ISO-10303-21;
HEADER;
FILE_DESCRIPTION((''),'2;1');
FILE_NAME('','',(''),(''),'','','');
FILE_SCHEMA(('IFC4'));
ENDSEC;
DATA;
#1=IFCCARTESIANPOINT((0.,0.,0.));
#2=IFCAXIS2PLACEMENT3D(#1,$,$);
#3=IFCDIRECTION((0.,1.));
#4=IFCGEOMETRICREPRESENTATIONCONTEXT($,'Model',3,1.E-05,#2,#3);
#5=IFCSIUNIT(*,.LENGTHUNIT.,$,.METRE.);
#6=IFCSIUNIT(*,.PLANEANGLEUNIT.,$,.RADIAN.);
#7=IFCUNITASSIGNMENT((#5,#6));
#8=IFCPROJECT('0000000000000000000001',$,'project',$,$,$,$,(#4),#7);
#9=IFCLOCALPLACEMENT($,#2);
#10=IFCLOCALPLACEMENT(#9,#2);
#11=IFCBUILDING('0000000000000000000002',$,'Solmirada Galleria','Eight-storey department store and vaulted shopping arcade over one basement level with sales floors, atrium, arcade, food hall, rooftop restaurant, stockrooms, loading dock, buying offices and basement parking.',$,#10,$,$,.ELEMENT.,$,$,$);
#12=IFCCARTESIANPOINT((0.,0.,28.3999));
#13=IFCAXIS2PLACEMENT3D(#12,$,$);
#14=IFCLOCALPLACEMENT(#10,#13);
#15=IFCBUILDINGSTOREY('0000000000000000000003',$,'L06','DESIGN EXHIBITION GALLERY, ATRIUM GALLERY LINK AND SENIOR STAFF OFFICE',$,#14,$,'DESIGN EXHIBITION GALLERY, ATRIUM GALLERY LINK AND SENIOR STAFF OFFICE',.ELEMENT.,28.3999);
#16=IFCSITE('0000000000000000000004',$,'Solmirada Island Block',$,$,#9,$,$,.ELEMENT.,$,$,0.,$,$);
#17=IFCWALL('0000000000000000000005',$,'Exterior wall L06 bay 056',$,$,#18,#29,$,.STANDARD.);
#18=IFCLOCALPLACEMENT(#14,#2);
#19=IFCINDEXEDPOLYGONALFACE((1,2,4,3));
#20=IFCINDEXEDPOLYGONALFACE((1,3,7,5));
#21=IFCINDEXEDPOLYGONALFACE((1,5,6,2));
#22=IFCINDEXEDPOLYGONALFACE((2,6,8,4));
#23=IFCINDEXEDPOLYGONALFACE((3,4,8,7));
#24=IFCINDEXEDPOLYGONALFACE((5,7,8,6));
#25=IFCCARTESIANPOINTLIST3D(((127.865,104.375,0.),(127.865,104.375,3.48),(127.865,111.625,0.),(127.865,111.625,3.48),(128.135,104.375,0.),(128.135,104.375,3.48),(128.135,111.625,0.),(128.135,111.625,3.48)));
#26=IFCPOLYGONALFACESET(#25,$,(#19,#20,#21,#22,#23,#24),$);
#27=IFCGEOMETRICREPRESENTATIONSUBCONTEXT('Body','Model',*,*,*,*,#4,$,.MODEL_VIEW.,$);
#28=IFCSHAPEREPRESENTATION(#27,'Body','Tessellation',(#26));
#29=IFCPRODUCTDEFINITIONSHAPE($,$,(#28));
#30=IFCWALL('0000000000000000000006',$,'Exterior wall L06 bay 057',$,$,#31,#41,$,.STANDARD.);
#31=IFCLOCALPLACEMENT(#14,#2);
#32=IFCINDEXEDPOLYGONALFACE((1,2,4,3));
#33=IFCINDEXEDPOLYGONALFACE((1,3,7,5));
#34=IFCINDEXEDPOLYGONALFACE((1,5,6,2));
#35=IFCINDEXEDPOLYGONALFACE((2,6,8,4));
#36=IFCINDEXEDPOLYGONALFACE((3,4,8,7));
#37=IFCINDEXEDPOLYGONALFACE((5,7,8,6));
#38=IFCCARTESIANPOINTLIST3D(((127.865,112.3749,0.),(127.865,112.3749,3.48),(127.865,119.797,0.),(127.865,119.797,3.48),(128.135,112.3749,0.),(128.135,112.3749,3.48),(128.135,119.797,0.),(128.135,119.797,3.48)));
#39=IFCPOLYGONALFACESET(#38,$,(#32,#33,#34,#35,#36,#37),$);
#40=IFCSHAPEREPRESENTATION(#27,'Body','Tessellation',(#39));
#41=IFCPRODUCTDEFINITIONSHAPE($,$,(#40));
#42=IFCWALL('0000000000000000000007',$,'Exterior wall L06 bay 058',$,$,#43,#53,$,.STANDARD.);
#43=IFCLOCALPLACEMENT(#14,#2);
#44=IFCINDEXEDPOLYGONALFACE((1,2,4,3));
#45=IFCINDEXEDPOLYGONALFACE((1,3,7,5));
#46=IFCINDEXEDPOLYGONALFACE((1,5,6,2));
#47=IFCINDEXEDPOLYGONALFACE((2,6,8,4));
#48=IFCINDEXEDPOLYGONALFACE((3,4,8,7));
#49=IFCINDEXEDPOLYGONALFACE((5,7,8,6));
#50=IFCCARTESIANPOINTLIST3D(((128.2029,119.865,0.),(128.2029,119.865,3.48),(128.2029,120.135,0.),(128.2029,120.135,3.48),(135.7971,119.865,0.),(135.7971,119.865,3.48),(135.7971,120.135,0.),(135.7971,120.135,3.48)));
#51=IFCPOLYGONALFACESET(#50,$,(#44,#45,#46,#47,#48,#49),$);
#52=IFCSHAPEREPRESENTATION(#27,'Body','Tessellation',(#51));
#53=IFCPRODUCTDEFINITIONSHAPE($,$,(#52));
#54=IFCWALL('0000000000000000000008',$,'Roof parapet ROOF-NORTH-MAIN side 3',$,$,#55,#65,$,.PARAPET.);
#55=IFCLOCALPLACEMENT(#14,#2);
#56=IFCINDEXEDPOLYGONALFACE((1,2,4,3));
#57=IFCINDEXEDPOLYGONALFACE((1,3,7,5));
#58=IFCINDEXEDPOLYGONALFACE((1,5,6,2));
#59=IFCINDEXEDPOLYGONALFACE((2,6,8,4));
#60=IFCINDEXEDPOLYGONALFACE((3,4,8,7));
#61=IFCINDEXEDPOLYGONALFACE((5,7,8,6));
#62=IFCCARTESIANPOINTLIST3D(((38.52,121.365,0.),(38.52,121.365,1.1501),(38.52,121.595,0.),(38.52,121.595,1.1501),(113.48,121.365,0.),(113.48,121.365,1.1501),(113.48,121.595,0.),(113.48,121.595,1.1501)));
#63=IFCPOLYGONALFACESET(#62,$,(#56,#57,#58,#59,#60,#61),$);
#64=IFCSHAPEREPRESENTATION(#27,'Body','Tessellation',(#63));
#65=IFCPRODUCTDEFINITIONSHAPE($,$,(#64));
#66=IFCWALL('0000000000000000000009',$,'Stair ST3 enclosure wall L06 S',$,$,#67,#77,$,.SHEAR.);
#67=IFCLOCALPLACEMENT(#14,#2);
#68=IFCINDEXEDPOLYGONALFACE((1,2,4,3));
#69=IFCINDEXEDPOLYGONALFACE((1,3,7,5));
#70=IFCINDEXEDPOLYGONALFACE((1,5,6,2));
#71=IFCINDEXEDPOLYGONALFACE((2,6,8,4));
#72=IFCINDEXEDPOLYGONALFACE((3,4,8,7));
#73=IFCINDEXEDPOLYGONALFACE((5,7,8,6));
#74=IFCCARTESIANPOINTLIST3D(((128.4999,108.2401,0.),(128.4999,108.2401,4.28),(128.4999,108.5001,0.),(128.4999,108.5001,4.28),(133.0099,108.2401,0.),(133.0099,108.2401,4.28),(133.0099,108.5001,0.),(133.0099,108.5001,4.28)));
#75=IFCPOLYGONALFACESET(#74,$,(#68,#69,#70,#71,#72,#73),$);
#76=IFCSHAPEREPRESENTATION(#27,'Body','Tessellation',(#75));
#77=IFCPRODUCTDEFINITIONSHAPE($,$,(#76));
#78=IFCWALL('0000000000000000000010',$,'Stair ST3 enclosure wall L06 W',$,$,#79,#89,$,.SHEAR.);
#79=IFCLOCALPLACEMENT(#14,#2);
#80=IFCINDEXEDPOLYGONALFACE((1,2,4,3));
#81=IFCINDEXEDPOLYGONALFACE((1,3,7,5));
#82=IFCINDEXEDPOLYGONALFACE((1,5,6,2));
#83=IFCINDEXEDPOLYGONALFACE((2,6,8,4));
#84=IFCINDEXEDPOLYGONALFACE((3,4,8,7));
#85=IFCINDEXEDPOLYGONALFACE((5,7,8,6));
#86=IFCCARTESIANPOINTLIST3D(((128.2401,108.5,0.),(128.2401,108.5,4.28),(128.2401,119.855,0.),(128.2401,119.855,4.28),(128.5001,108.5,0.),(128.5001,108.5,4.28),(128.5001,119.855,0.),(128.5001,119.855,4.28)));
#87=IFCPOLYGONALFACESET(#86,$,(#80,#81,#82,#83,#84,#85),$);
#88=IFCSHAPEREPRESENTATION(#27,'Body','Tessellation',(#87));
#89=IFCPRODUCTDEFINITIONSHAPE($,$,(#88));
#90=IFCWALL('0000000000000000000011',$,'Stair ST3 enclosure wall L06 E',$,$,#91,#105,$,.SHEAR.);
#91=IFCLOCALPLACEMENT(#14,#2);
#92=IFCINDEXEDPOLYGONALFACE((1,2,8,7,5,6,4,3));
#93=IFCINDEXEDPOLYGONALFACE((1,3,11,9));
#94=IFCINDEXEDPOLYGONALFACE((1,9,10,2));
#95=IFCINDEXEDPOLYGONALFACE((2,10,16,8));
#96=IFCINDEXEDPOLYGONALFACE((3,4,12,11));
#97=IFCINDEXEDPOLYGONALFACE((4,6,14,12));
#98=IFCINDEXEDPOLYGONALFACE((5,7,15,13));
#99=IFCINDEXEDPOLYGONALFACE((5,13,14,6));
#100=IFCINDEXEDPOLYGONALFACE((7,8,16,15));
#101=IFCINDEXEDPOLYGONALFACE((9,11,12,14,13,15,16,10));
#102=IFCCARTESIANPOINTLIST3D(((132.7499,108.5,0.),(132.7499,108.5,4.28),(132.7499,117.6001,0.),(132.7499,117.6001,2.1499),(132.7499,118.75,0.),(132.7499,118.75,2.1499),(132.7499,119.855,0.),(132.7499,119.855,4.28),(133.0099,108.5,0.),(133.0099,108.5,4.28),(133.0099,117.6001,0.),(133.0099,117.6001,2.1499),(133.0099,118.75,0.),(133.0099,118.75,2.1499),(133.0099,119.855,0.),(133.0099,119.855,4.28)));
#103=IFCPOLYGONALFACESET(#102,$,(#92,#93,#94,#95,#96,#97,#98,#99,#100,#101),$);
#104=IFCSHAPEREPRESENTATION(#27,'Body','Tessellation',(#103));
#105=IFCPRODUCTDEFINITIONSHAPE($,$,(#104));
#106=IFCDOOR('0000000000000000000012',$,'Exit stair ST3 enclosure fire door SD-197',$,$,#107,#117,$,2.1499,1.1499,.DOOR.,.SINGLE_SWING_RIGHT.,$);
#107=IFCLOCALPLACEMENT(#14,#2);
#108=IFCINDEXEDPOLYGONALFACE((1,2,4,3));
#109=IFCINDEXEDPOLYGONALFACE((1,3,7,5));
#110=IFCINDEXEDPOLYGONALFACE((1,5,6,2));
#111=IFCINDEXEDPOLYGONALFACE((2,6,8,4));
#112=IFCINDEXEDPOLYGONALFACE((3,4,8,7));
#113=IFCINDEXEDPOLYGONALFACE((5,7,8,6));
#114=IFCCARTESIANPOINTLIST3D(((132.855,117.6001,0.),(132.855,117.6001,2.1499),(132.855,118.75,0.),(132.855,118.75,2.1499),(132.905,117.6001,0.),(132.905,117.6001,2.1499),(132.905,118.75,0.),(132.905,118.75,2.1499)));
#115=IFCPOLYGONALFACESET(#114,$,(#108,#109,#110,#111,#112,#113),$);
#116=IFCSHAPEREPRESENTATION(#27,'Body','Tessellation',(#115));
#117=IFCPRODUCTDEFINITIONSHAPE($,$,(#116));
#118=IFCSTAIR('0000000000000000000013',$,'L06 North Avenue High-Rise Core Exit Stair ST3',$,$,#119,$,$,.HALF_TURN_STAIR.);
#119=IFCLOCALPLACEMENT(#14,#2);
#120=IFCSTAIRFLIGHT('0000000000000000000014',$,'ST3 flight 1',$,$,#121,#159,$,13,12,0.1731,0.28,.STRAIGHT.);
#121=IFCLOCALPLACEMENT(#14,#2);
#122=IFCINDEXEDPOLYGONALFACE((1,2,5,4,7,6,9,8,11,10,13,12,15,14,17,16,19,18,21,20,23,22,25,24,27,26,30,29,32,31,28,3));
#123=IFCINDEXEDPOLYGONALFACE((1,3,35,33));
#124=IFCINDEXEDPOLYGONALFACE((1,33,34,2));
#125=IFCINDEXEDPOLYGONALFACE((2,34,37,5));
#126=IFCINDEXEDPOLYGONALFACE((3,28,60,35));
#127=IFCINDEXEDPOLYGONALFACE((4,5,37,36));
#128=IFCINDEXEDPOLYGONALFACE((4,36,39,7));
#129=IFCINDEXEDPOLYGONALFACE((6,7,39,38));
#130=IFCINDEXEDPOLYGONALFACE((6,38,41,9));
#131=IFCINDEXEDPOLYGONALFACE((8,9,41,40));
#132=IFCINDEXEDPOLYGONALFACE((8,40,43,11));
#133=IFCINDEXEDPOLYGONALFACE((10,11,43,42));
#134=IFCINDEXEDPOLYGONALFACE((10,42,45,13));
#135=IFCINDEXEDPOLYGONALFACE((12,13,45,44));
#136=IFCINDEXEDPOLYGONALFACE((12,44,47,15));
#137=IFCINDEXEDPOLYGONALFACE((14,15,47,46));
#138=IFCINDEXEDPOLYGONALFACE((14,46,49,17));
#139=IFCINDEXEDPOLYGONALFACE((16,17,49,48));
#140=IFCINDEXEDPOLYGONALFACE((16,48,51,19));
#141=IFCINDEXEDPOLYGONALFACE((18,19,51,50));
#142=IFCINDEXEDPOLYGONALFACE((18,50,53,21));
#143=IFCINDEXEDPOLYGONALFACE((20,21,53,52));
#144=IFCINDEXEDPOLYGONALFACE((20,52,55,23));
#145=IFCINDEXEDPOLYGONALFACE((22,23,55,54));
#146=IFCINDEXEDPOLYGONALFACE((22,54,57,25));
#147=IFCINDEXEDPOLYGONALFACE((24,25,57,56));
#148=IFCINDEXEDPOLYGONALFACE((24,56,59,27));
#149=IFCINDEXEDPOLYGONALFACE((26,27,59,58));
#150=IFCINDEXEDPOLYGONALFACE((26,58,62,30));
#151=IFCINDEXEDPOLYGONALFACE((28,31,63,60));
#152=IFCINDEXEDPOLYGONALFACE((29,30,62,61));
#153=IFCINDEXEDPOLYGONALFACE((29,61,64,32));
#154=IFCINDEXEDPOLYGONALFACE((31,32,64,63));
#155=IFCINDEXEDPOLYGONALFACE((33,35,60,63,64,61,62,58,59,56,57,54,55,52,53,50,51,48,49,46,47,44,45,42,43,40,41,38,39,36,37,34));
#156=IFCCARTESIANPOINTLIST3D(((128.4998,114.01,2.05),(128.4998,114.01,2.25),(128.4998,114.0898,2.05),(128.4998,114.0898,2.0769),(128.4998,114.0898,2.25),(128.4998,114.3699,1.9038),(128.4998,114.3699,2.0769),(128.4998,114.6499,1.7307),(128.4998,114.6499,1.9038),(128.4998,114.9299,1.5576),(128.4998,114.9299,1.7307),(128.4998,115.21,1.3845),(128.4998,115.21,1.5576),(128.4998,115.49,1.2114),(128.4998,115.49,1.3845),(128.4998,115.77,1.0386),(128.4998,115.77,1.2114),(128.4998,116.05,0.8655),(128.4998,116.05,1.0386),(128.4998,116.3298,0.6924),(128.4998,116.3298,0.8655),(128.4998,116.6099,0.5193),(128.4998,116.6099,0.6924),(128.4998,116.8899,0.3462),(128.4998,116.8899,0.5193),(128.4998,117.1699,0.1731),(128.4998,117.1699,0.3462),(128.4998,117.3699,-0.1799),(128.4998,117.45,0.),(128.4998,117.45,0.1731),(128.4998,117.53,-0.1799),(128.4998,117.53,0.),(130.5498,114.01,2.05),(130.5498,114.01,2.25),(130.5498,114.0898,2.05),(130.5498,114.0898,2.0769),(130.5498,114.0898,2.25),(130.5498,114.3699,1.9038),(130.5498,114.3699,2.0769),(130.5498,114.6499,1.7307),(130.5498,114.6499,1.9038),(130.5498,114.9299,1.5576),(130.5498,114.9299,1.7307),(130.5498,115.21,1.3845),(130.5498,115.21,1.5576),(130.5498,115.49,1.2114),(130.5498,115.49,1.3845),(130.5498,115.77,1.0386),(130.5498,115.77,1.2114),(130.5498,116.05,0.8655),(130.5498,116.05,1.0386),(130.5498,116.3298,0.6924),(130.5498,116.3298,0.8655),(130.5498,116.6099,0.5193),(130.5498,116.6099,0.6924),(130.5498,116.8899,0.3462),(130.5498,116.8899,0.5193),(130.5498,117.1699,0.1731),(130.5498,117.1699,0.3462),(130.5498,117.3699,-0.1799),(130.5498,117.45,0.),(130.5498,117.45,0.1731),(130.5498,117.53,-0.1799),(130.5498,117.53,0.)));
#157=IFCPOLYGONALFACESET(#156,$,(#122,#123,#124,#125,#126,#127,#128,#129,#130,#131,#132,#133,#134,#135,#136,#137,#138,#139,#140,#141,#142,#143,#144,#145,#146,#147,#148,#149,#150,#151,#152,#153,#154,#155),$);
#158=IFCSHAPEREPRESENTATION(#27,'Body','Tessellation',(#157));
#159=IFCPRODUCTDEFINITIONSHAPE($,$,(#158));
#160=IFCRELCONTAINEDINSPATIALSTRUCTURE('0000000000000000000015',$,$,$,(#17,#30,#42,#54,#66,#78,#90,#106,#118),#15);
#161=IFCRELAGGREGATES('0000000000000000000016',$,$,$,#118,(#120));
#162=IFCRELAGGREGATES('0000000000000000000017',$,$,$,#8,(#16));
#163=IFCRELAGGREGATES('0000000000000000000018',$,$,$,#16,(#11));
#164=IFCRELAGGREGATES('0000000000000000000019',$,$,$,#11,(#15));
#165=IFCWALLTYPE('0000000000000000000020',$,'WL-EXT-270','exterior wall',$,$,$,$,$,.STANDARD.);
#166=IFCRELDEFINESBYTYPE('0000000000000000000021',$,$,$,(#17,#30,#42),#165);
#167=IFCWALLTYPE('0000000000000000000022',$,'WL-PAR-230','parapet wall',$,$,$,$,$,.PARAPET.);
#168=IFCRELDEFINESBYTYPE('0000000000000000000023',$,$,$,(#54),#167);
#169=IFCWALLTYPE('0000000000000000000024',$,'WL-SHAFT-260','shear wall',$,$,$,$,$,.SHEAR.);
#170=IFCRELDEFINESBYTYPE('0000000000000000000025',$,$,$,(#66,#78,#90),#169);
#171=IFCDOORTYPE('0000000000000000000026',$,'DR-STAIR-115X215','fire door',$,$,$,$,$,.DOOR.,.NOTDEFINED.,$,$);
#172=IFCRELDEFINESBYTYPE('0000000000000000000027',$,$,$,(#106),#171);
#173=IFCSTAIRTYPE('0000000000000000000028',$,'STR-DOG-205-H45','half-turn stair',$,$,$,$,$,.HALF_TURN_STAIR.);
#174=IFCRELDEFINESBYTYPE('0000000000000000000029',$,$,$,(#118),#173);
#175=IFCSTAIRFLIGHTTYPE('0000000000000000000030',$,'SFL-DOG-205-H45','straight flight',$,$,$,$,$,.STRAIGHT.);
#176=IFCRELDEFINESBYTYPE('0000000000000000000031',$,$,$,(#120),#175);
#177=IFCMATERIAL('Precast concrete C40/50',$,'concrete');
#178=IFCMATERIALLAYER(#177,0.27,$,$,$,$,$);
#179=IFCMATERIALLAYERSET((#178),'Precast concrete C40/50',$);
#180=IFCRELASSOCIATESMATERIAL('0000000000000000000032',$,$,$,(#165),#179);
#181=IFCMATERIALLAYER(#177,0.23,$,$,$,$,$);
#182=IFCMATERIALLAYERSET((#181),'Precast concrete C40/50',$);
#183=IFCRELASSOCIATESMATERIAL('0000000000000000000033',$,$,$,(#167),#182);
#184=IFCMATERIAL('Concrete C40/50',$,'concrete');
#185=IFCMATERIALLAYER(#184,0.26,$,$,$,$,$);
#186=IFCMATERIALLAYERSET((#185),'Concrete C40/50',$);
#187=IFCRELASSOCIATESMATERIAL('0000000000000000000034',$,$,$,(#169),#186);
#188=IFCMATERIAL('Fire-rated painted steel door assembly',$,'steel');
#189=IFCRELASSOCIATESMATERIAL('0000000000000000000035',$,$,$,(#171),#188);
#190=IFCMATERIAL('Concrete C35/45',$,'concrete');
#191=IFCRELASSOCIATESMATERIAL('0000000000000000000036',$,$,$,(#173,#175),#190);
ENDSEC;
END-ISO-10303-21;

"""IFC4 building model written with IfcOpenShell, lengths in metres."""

from ifc_helpers import new_model, si_unit, direction, frame, frame_2d, origin, place, context, subcontext, project, spatial, polyline, rectangle, outline, extrude, material, layer, layer_set, type_object, element, fill, aggregate, save


model = new_model("IFC4")

# Units and contexts
model_context = context("Model", 3, precision=1e-05, world=origin(), true_north=direction((0.0, 1.0)))
body_context = subcontext(model_context, "Body", "Model", "MODEL_VIEW")
ifc_project = project(units=[si_unit("LENGTHUNIT", "METRE"), si_unit("PLANEANGLEUNIT", "RADIAN")], contexts=[model_context])

# Site, building, storey
site_placement = place(None, origin())
site = spatial("IfcSite", under=ifc_project, at=site_placement, Name="Solmirada Island Block", CompositionType="ELEMENT", RefElevation=0.0)
building_placement = place(site_placement, origin())
building = spatial("IfcBuilding", under=site, at=building_placement, Name="Solmirada Galleria", Description="Eight-storey department store and vaulted shopping arcade over one basement level with sales floors, atrium, arcade, food hall, rooftop restaurant, stockrooms, loading dock, buying offices and basement parking.", CompositionType="ELEMENT")
storey_placement = place(building_placement, frame((0.0, 0.0, 28.3999)))
storey = spatial("IfcBuildingStorey", under=building, at=storey_placement, Name="L06", Description="DESIGN EXHIBITION GALLERY, ATRIUM GALLERY LINK AND SENIOR STAFF OFFICE", LongName="DESIGN EXHIBITION GALLERY, ATRIUM GALLERY LINK AND SENIOR STAFF OFFICE", CompositionType="ELEMENT", Elevation=28.3999)

# Shared definitions
ifc_material_1 = material(Name="Concrete C40/50", Category="concrete")

# Walls
ifc_material_2 = material(Name="Precast concrete C40/50", Category="concrete")
ifc_layer_1 = layer(ifc_material_2, 0.27)
ifc_layer_set_1 = layer_set([ifc_layer_1], Name="Precast concrete C40/50")
wall_type_1 = type_object("IfcWallType", Name="WL-EXT-270", Description="exterior wall", PredefinedType="STANDARD", material=ifc_layer_set_1)
wall_1_placement = place(storey_placement, frame((128.0, 104.375, 0.0), z_axis=(0.0, 0.0, 1.0), x_axis=(0.0, 1.0, 0.0)))
element("IfcWall", 1, at=wall_1_placement, inside=storey, type_object=wall_type_1, Name="Exterior wall L06 bay 056", PredefinedType="STANDARD", context=body_context, shape_type="SweptSolid", body=[
    extrude(rectangle(XDim=7.25, YDim=0.27, at=frame_2d((3.625, 0.0))), origin(), (0.0, 0.0, 1.0), 3.48),
])
wall_2_placement = place(storey_placement, frame((128.0, 112.375, 0.0), z_axis=(0.0, 0.0, 1.0), x_axis=(0.0, 1.0, 0.0)))
element("IfcWall", 2, at=wall_2_placement, inside=storey, type_object=wall_type_1, Name="Exterior wall L06 bay 057", PredefinedType="STANDARD", context=body_context, shape_type="SweptSolid", body=[
    extrude(rectangle(XDim=7.4221, YDim=0.27, at=frame_2d((3.7109, 0.0))), origin(), (0.0, 0.0, 1.0), 3.48),
])
wall_3_placement = place(storey_placement, frame((128.2029, 120.0, 0.0), z_axis=(0.0, 0.0, 1.0), x_axis=(1.0, 0.0, 0.0)))
element("IfcWall", 3, at=wall_3_placement, inside=storey, type_object=wall_type_1, Name="Exterior wall L06 bay 058", PredefinedType="STANDARD", context=body_context, shape_type="SweptSolid", body=[
    extrude(rectangle(XDim=7.5942, YDim=0.27, at=frame_2d((3.7971, 0.0))), origin(), (0.0, 0.0, 1.0), 3.48),
])
ifc_layer_2 = layer(ifc_material_2, 0.23)
ifc_layer_set_2 = layer_set([ifc_layer_2], Name="Precast concrete C40/50")
wall_type_2 = type_object("IfcWallType", Name="WL-PAR-230", Description="parapet wall", PredefinedType="PARAPET", material=ifc_layer_set_2)
wall_4_placement = place(storey_placement, frame((113.48, 121.48, 0.0), z_axis=(0.0, 0.0, 1.0), x_axis=(-1.0, 0.0, 0.0)))
element("IfcWall", 4, at=wall_4_placement, inside=storey, type_object=wall_type_2, Name="Roof parapet ROOF-NORTH-MAIN side 3", PredefinedType="PARAPET", context=body_context, shape_type="SweptSolid", body=[
    extrude(rectangle(XDim=74.96, YDim=0.23, at=frame_2d((37.48, 0.0))), origin(), (0.0, 0.0, 1.0), 1.1501),
])
ifc_layer_3 = layer(ifc_material_1, 0.26)
ifc_layer_set_3 = layer_set([ifc_layer_3], Name="Concrete C40/50")
wall_type_3 = type_object("IfcWallType", Name="WL-SHAFT-260", Description="shear wall", PredefinedType="SHEAR", material=ifc_layer_set_3)
wall_5_placement = place(storey_placement, frame((128.5, 108.3701, 0.0), z_axis=(0.0, 0.0, 1.0), x_axis=(1.0, 0.0, 0.0)))
element("IfcWall", 5, at=wall_5_placement, inside=storey, type_object=wall_type_3, Name="Stair ST3 enclosure wall L06 S", PredefinedType="SHEAR", context=body_context, shape_type="SweptSolid", body=[
    extrude(rectangle(XDim=4.51, YDim=0.26, at=frame_2d((2.2549, 0.0))), origin(), (0.0, 0.0, 1.0), 4.28),
])
wall_6_placement = place(storey_placement, frame((128.3701, 108.5, 0.0), z_axis=(0.0, 0.0, 1.0), x_axis=(0.0, 1.0, 0.0)))
element("IfcWall", 6, at=wall_6_placement, inside=storey, type_object=wall_type_3, Name="Stair ST3 enclosure wall L06 W", PredefinedType="SHEAR", context=body_context, shape_type="SweptSolid", body=[
    extrude(rectangle(XDim=11.355, YDim=0.26, at=frame_2d((5.6775, 0.0))), origin(), (0.0, 0.0, 1.0), 4.28),
])

# Wall, opening, door
wall_7_placement = place(storey_placement, frame((132.8799, 108.5, 0.0), z_axis=(0.0, 0.0, 1.0), x_axis=(0.0, 1.0, 0.0)))
wall_7 = element("IfcWall", 7, at=wall_7_placement, inside=storey, type_object=wall_type_3, Name="Stair ST3 enclosure wall L06 E", PredefinedType="SHEAR", context=body_context, shape_type="SweptSolid", body=[
    extrude(rectangle(XDim=11.355, YDim=0.26, at=frame_2d((5.6775, 0.0))), origin(), (0.0, 0.0, 1.0), 4.28),
])
opening_placement = place(wall_7_placement, frame((9.1001, 0.0, 0.0)))
opening = element("IfcOpeningElement", 8, at=opening_placement, cuts=wall_7, PredefinedType="OPENING", context=body_context, shape_type="SweptSolid", body=[
    extrude(rectangle(XDim=1.1499, YDim=2.1499, at=frame_2d((0.575, 1.075))), frame((0.0, 0.1399, 0.0), z_axis=(0.0, -1.0, 0.0), x_axis=(1.0, 0.0, 0.0)), (0.0, 0.0, 1.0), 0.28),
])
ifc_material_3 = material(Name="Fire-rated painted steel door assembly", Category="steel")
door_type = type_object("IfcDoorType", Name="DR-STAIR-115X215", Description="fire door", OperationType="NOTDEFINED", PredefinedType="DOOR", material=ifc_material_3)
door_placement = place(opening_placement, origin())
door = element("IfcDoor", 9, at=door_placement, inside=storey, type_object=door_type, Name="Exit stair ST3 enclosure fire door SD-197", OperationType="SINGLE_SWING_RIGHT", OverallHeight=2.1499, OverallWidth=1.1499, PredefinedType="DOOR", context=body_context, shape_type="SweptSolid", body=[
    extrude(rectangle(XDim=1.1499, YDim=2.1499, at=frame_2d((0.575, 1.075))), frame((0.0, 0.0249, 0.0), z_axis=(0.0, -1.0, 0.0), x_axis=(1.0, 0.0, 0.0)), (0.0, 0.0, 1.0), 0.05),
])
fill(opening, door)

# Stair, stair flight
ifc_material_4 = material(Name="Concrete C35/45", Category="concrete")
stair_type = type_object("IfcStairType", Name="STR-DOG-205-H45", Description="half-turn stair", PredefinedType="HALF_TURN_STAIR", material=ifc_material_4)
stair_placement = place(storey_placement, origin())
stair = element("IfcStair", 10, at=stair_placement, inside=storey, type_object=stair_type, Name="L06 North Avenue High-Rise Core Exit Stair ST3", PredefinedType="HALF_TURN_STAIR")
stair_flight_type = type_object("IfcStairFlightType", Name="SFL-DOG-205-H45", Description="straight flight", PredefinedType="STRAIGHT", material=ifc_material_4)
stair_flight_1_placement = place(storey_placement, frame((129.5249, 117.45, 0.0), z_axis=(0.0, 0.0, 1.0), x_axis=(0.0, -1.0, 0.0)))
stair_flight_1 = element("IfcStairFlight", 11, at=stair_flight_1_placement, type_object=stair_flight_type, Name="ST3 flight 1", NumberOfRisers=13, NumberOfTreads=12, PredefinedType="STRAIGHT", RiserHeight=0.1731, TreadLength=0.28, context=body_context, shape_type="SweptSolid", body=[
    extrude(outline(polyline([(-0.0801, 0.0), (0.0, 0.0), (0.0, 0.1731), (0.28, 0.1731), (0.28, 0.3462), (0.5601, 0.3462), (0.5601, 0.5193), (0.8401, 0.5193), (0.8401, 0.6924), (1.1201, 0.6924), (1.1201, 0.8655), (1.3999, 0.8655), (1.3999, 1.0386), (1.6799, 1.0386), (1.6799, 1.2114), (1.96, 1.2114), (1.96, 1.3845), (2.24, 1.3845), (2.24, 1.5576), (2.52, 1.5576), (2.52, 1.7307), (2.8, 1.7307), (2.8, 1.9038), (3.0801, 1.9038), (3.0801, 2.0769), (3.3601, 2.0769), (3.3601, 2.25), (3.4399, 2.25), (3.4399, 2.05), (3.3601, 2.05), (0.0801, -0.1799), (-0.0801, -0.1799), (-0.0801, 0.0)])), frame((0.0, 1.0249, 0.0), z_axis=(0.0, -1.0, 0.0), x_axis=(1.0, 0.0, 0.0)), (0.0, 0.0, 1.0), 2.05),
])
aggregate(stair, [stair_flight_1])

save(model, "model.ifc")
